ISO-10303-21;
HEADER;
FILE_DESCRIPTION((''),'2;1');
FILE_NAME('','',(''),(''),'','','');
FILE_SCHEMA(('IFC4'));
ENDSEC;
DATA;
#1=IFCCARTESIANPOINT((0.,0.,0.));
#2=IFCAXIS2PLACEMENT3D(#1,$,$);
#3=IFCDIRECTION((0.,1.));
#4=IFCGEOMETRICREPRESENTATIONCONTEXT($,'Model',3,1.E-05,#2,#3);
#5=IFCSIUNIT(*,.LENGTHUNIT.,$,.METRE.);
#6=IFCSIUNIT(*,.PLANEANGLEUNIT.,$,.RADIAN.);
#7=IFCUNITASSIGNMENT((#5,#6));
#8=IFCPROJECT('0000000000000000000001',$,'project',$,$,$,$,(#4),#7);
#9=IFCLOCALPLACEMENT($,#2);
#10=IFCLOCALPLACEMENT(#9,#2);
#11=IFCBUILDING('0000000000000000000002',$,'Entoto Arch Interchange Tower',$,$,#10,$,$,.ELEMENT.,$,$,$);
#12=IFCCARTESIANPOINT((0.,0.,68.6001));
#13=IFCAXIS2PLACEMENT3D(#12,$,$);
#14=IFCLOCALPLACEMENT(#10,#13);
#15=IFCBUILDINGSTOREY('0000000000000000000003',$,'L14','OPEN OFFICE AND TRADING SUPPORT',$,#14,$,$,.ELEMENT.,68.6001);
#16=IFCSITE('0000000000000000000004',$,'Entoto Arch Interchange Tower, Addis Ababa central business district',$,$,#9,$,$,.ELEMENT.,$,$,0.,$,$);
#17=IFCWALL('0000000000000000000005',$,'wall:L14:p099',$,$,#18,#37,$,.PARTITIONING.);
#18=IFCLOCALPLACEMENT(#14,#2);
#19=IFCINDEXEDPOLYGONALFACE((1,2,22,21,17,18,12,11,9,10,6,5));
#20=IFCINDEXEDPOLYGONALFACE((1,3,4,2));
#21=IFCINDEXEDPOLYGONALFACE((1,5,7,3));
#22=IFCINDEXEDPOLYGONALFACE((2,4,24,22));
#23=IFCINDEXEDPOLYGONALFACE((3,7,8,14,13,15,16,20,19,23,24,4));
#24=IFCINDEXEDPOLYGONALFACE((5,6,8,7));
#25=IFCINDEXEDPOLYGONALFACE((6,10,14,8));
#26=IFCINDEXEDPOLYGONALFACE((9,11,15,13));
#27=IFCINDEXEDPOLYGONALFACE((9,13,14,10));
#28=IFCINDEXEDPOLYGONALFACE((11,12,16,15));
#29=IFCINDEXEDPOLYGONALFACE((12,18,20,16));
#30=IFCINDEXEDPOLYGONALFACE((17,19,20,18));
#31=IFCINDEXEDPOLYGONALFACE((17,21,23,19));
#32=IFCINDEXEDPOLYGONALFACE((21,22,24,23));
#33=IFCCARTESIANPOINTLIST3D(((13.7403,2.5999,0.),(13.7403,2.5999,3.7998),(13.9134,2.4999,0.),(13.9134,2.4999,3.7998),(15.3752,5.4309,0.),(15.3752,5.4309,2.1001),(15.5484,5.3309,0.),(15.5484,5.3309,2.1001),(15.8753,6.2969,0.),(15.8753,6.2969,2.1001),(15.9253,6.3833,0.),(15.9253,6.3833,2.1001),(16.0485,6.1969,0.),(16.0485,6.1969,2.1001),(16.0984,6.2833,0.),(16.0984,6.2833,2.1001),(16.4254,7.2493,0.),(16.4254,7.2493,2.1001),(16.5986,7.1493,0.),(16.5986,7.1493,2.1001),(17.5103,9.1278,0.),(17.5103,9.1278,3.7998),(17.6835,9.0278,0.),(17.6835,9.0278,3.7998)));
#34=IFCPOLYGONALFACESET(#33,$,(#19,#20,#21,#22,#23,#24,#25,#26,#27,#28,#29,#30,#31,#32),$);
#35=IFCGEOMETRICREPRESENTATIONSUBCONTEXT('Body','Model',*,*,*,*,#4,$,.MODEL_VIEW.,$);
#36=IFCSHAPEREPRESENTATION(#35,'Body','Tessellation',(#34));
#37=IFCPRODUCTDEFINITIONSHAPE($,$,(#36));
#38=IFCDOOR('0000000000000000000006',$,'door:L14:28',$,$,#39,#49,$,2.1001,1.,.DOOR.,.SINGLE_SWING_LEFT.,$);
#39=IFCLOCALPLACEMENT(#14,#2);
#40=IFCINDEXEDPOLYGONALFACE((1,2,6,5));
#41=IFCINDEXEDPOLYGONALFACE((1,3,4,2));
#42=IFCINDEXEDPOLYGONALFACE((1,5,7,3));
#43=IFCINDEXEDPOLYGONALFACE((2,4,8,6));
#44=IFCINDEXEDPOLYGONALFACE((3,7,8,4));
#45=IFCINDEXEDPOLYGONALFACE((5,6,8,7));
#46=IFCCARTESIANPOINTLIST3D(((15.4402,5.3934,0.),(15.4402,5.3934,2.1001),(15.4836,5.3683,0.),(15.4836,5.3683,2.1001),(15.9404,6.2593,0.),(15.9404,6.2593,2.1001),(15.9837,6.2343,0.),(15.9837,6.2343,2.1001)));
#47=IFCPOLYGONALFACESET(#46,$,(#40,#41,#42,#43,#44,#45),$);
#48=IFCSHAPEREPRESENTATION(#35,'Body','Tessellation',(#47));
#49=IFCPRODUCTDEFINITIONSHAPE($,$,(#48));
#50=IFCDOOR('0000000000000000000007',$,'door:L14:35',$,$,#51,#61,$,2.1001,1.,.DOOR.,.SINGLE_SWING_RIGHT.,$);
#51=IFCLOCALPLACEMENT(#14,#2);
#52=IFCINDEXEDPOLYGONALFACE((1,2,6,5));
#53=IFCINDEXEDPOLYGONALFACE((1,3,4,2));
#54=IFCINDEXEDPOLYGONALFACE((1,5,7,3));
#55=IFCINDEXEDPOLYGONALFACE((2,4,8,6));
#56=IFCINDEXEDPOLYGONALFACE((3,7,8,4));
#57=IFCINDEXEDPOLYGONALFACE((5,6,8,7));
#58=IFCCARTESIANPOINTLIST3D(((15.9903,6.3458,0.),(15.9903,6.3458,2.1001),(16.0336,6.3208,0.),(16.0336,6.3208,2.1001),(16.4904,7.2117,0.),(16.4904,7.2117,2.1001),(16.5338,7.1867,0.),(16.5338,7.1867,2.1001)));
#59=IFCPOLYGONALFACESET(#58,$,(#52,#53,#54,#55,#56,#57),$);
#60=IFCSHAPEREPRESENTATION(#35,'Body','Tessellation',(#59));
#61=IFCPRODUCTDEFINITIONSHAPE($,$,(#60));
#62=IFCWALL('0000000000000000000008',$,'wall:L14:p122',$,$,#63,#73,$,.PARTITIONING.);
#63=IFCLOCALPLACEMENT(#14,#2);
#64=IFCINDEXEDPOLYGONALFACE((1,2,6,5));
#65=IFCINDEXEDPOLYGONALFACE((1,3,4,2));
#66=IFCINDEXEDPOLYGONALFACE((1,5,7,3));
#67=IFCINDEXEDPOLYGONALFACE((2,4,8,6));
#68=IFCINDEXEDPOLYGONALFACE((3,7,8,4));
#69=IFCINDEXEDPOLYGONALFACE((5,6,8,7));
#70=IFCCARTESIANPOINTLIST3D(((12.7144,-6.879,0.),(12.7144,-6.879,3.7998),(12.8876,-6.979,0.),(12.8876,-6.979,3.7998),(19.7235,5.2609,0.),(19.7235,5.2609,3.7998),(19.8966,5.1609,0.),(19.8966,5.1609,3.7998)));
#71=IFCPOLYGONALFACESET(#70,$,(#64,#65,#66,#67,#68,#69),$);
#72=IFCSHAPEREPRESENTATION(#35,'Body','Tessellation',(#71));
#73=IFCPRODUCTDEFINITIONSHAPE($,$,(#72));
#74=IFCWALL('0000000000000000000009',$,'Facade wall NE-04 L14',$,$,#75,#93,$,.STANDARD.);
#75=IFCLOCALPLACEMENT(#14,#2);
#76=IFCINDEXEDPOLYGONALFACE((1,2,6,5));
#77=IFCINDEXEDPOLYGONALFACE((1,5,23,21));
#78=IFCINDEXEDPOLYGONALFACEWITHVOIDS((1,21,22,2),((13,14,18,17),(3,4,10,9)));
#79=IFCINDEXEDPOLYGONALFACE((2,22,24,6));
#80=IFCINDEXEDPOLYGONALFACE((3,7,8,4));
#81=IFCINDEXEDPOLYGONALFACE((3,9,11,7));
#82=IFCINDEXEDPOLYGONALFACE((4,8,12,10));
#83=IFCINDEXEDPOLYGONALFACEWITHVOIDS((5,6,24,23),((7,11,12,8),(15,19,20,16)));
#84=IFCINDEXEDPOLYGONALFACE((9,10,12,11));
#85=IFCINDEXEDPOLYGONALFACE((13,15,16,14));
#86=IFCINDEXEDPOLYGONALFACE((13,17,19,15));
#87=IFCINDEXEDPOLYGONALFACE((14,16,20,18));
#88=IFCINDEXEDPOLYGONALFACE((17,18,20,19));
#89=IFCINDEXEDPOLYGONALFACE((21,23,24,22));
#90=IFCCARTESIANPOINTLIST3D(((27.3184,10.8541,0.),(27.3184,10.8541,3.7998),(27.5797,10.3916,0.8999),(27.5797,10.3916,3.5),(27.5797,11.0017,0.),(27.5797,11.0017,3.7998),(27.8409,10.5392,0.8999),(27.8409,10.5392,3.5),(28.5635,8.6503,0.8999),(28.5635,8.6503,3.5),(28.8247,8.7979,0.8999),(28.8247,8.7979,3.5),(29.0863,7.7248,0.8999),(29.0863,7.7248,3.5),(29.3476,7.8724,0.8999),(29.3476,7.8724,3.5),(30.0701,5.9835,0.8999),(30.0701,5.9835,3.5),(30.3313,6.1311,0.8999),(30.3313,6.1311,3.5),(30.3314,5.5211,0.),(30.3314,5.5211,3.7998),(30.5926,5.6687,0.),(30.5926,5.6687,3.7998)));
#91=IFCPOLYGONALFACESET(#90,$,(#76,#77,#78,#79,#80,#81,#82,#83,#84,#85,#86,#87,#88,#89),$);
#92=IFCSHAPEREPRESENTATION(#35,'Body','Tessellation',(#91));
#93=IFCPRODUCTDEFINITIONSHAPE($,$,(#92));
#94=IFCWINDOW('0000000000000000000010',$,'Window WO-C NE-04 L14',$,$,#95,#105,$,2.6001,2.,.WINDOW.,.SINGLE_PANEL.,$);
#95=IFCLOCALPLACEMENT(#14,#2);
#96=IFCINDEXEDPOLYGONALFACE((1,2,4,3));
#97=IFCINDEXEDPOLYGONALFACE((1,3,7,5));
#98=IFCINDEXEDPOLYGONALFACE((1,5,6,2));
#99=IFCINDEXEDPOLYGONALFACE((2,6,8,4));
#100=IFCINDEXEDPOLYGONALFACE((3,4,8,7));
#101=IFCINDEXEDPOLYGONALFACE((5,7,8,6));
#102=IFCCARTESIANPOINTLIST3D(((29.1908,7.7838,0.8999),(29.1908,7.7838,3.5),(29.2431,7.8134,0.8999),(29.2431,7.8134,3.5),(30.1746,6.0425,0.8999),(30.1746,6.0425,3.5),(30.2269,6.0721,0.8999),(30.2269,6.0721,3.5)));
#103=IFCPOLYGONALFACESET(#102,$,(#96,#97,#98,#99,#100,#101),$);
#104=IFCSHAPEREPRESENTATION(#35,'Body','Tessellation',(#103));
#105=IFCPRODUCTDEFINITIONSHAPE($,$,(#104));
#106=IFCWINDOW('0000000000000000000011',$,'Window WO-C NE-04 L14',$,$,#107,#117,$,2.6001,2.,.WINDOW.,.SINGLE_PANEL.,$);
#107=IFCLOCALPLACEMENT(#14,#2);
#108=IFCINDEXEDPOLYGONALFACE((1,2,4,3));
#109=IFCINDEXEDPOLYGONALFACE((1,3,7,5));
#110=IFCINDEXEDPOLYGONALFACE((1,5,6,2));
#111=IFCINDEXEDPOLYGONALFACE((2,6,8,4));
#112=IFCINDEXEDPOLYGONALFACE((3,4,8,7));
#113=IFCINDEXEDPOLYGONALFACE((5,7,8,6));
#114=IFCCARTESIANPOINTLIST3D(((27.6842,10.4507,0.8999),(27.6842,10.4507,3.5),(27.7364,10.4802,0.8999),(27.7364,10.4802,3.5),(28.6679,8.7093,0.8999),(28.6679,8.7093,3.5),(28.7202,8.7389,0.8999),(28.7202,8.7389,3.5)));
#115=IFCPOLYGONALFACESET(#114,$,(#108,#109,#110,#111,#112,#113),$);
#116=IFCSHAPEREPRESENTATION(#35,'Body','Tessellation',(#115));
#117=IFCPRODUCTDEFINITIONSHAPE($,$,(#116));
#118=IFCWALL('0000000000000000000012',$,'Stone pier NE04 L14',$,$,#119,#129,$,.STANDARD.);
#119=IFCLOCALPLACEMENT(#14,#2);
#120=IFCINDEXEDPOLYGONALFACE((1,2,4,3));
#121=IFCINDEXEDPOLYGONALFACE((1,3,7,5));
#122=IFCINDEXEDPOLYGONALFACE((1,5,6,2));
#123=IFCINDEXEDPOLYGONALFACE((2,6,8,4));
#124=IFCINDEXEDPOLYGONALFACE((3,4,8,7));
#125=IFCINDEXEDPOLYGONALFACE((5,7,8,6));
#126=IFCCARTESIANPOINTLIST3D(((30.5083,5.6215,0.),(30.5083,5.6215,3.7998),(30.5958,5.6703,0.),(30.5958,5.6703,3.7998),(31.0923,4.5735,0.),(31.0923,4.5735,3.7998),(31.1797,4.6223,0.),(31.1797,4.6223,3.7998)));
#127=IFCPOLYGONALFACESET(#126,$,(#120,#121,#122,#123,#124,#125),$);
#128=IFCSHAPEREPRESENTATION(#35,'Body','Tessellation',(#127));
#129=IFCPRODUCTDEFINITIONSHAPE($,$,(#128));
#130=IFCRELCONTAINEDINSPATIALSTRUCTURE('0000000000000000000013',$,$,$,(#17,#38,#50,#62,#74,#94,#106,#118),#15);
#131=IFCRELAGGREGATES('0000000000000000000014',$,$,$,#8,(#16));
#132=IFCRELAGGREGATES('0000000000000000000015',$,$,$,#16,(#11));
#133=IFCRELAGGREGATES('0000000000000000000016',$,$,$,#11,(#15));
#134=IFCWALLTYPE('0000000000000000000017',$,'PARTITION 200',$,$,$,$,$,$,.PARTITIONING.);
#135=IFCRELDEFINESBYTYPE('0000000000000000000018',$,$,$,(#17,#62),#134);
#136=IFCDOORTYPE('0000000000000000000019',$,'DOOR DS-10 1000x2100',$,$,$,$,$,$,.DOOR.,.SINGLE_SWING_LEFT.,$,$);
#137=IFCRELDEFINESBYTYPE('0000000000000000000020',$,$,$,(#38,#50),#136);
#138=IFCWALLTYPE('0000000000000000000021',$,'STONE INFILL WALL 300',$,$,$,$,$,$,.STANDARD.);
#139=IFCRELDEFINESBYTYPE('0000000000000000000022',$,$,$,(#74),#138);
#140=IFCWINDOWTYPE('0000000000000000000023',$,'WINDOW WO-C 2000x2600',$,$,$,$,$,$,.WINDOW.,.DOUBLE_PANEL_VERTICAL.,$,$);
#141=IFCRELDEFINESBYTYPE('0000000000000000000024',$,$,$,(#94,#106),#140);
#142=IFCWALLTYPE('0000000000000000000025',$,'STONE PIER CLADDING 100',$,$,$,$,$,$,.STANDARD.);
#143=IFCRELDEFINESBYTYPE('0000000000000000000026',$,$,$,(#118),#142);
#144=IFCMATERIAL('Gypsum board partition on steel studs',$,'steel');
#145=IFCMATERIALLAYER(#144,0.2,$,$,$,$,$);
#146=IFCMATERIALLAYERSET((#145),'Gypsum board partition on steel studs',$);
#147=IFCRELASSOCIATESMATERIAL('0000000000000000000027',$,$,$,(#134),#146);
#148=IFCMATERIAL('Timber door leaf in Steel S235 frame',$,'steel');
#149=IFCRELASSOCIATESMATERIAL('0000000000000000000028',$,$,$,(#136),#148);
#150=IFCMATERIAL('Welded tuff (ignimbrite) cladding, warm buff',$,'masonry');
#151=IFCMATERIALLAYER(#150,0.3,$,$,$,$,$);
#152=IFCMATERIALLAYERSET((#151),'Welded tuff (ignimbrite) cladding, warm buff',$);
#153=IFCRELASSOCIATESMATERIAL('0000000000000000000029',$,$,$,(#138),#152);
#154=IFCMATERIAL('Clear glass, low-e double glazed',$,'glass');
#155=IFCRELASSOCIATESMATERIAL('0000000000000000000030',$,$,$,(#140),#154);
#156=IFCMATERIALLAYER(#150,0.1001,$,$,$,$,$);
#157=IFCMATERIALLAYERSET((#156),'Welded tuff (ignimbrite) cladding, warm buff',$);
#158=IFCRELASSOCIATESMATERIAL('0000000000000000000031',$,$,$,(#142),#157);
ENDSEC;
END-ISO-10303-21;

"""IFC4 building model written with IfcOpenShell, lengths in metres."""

from ifc_helpers import new_model, si_unit, direction, frame, frame_2d, origin, place, context, subcontext, project, spatial, rectangle, extrude, material, layer, layer_set, type_object, element, fill, save


model = new_model("IFC4")

# Units and contexts
model_context = context("Model", 3, precision=1e-05, world=origin(), true_north=direction((0.0, 1.0)))
body_context = subcontext(model_context, "Body", "Model", "MODEL_VIEW")
ifc_project = project(units=[si_unit("LENGTHUNIT", "METRE"), si_unit("PLANEANGLEUNIT", "RADIAN")], contexts=[model_context])

# Site, building, storey
site_placement = place(None, origin())
site = spatial("IfcSite", under=ifc_project, at=site_placement, Name="Entoto Arch Interchange Tower, Addis Ababa central business district", CompositionType="ELEMENT", RefElevation=0.0)
building_placement = place(site_placement, origin())
building = spatial("IfcBuilding", under=site, at=building_placement, Name="Entoto Arch Interchange Tower", CompositionType="ELEMENT")
storey_placement = place(building_placement, frame((0.0, 0.0, 68.6001)))
storey = spatial("IfcBuildingStorey", under=building, at=storey_placement, Name="L14", Description="OPEN OFFICE AND TRADING SUPPORT", CompositionType="ELEMENT", Elevation=68.6001)

# Shared definitions
ifc_material_1 = material(Name="Gypsum board partition on steel studs", Category="steel")
ifc_layer_1 = layer(ifc_material_1, 0.2)
ifc_layer_set_1 = layer_set([ifc_layer_1], Name="Gypsum board partition on steel studs")
wall_type_1 = type_object("IfcWallType", Name="PARTITION 200", PredefinedType="PARTITIONING", material=ifc_layer_set_1)

# Shared definitions
ifc_material_2 = material(Name="Timber door leaf in Steel S235 frame", Category="steel")
door_type = type_object("IfcDoorType", Name="DOOR DS-10 1000x2100", OperationType="SINGLE_SWING_LEFT", PredefinedType="DOOR", material=ifc_material_2)

# Wall, openings, doors
wall_1_placement = place(storey_placement, frame((13.8269, 2.55, 0.0), z_axis=(0.0, 0.0, 1.0), x_axis=(0.500117, 0.865958, 0.0)))
wall_1 = element("IfcWall", 1, at=wall_1_placement, inside=storey, type_object=wall_type_1, Name="wall:L14:p099", PredefinedType="PARTITIONING", context=body_context, shape_type="SweptSolid", body=[
    extrude(rectangle(XDim=7.5383, YDim=0.2, at=frame_2d((3.769, 0.0))), origin(), (0.0, 0.0, 1.0), 3.7998),
])
opening_1_placement = place(wall_1_placement, frame((3.269, 0.0, 0.0)))
opening_1 = element("IfcOpeningElement", 2, at=opening_1_placement, cuts=wall_1, PredefinedType="OPENING", context=body_context, shape_type="SweptSolid", body=[
    extrude(rectangle(XDim=1.0, YDim=2.1001, at=frame_2d((0.5, 1.05))), frame((0.0, 0.1099, 0.0), z_axis=(0.0, -1.0, 0.0), x_axis=(1.0, 0.0, 0.0)), (0.0, 0.0, 1.0), 0.22),
])
opening_2_placement = place(wall_1_placement, frame((4.3689, 0.0, 0.0)))
opening_2 = element("IfcOpeningElement", 3, at=opening_2_placement, cuts=wall_1, PredefinedType="OPENING", context=body_context, shape_type="SweptSolid", body=[
    extrude(rectangle(XDim=1.0, YDim=2.1001, at=frame_2d((0.5, 1.05))), frame((0.0, 0.1099, 0.0), z_axis=(0.0, -1.0, 0.0), x_axis=(1.0, 0.0, 0.0)), (0.0, 0.0, 1.0), 0.22),
])
door_1_placement = place(opening_1_placement, origin())
door_1 = element("IfcDoor", 4, at=door_1_placement, inside=storey, type_object=door_type, Name="door:L14:28", OperationType="SINGLE_SWING_LEFT", OverallHeight=2.1001, OverallWidth=1.0, PredefinedType="DOOR", context=body_context, shape_type="SweptSolid", body=[
    extrude(rectangle(XDim=1.0, YDim=2.1001, at=frame_2d((0.5, 1.05))), frame((0.0, 0.0249, 0.0), z_axis=(0.0, -1.0, 0.0), x_axis=(1.0, 0.0, 0.0)), (0.0, 0.0, 1.0), 0.05),
])
fill(opening_1, door_1)
door_2_placement = place(opening_2_placement, origin())
door_2 = element("IfcDoor", 5, at=door_2_placement, inside=storey, type_object=door_type, Name="door:L14:35", OperationType="SINGLE_SWING_RIGHT", OverallHeight=2.1001, OverallWidth=1.0, PredefinedType="DOOR", context=body_context, shape_type="SweptSolid", body=[
    extrude(rectangle(XDim=1.0, YDim=2.1001, at=frame_2d((0.5, 1.05))), frame((0.0, 0.0249, 0.0), z_axis=(0.0, -1.0, 0.0), x_axis=(1.0, 0.0, 0.0)), (0.0, 0.0, 1.0), 0.05),
])
fill(opening_2, door_2)

# Wall
wall_2_placement = place(storey_placement, frame((19.8101, 5.2109, 0.0), z_axis=(0.0, 0.0, 1.0), x_axis=(-0.500003, -0.866023, 0.0)))
element("IfcWall", 6, at=wall_2_placement, inside=storey, type_object=wall_type_1, Name="wall:L14:p122", PredefinedType="PARTITIONING", context=body_context, shape_type="SweptSolid", body=[
    extrude(rectangle(XDim=14.0181, YDim=0.2, at=frame_2d((7.009, 0.0))), origin(), (0.0, 0.0, 1.0), 3.7998),
])

# Wall, openings, windows
ifc_material_3 = material(Name="Welded tuff (ignimbrite) cladding, warm buff", Category="masonry")
ifc_layer_2 = layer(ifc_material_3, 0.3)
ifc_layer_set_2 = layer_set([ifc_layer_2], Name="Welded tuff (ignimbrite) cladding, warm buff")
wall_type_2 = type_object("IfcWallType", Name="STONE INFILL WALL 300", PredefinedType="STANDARD", material=ifc_layer_set_2)
wall_3_placement = place(storey_placement, frame((30.4619, 5.595, 0.0), z_axis=(0.0, 0.0, 1.0), x_axis=(-0.491888, 0.870659, 0.0)))
wall_3 = element("IfcWall", 7, at=wall_3_placement, inside=storey, type_object=wall_type_2, Name="Facade wall NE-04 L14", PredefinedType="STANDARD", context=body_context, shape_type="SweptSolid", body=[
    extrude(rectangle(XDim=6.1252, YDim=0.3, at=frame_2d((3.0625, 0.0))), origin(), (0.0, 0.0, 1.0), 3.7998),
])
opening_3_placement = place(wall_3_placement, frame((0.531, 0.0, 0.8999)))
opening_3 = element("IfcOpeningElement", 8, at=opening_3_placement, cuts=wall_3, PredefinedType="OPENING", context=body_context, shape_type="SweptSolid", body=[
    extrude(rectangle(XDim=2.0, YDim=2.6001, at=frame_2d((1.0, 1.3))), frame((0.0, 0.1602, 0.0), z_axis=(0.0, -1.0, 0.0), x_axis=(1.0, 0.0, 0.0)), (0.0, 0.0, 1.0), 0.3201),
])
opening_4_placement = place(wall_3_placement, frame((3.594, 0.0, 0.8999)))
opening_4 = element("IfcOpeningElement", 9, at=opening_4_placement, cuts=wall_3, PredefinedType="OPENING", context=body_context, shape_type="SweptSolid", body=[
    extrude(rectangle(XDim=2.0, YDim=2.6001, at=frame_2d((1.0, 1.3))), frame((0.0, 0.1602, 0.0), z_axis=(0.0, -1.0, 0.0), x_axis=(1.0, 0.0, 0.0)), (0.0, 0.0, 1.0), 0.3201),
])
ifc_material_4 = material(Name="Clear glass, low-e double glazed", Category="glass")
window_type = type_object("IfcWindowType", Name="WINDOW WO-C 2000x2600", PartitioningType="DOUBLE_PANEL_VERTICAL", PredefinedType="WINDOW", material=ifc_material_4)
window_1_placement = place(opening_3_placement, origin())
window_1 = element("IfcWindow", 10, at=window_1_placement, inside=storey, type_object=window_type, Name="Window WO-C NE-04 L14", OverallHeight=2.6001, OverallWidth=2.0, PartitioningType="SINGLE_PANEL", PredefinedType="WINDOW", context=body_context, shape_type="SweptSolid", body=[
    extrude(rectangle(XDim=2.0, YDim=2.6001, at=frame_2d((1.0, 1.3))), frame((0.0, 0.03, 0.0), z_axis=(0.0, -1.0, 0.0), x_axis=(1.0, 0.0, 0.0)), (0.0, 0.0, 1.0), 0.0601),
])
fill(opening_3, window_1)
window_2_placement = place(opening_4_placement, origin())
window_2 = element("IfcWindow", 11, at=window_2_placement, inside=storey, type_object=window_type, Name="Window WO-C NE-04 L14", OverallHeight=2.6001, OverallWidth=2.0, PartitioningType="SINGLE_PANEL", PredefinedType="WINDOW", context=body_context, shape_type="SweptSolid", body=[
    extrude(rectangle(XDim=2.0, YDim=2.6001, at=frame_2d((1.0, 1.3))), frame((0.0, 0.03, 0.0), z_axis=(0.0, -1.0, 0.0), x_axis=(1.0, 0.0, 0.0)), (0.0, 0.0, 1.0), 0.0601),
])
fill(opening_4, window_2)

# Wall
ifc_layer_3 = layer(ifc_material_3, 0.1001)
ifc_layer_set_3 = layer_set([ifc_layer_3], Name="Welded tuff (ignimbrite) cladding, warm buff")
wall_type_3 = type_object("IfcWallType", Name="STONE PIER CLADDING 100", PredefinedType="STANDARD", material=ifc_layer_set_3)
wall_4_placement = place(storey_placement, frame((31.136, 4.5979, 0.0), z_axis=(0.0, 0.0, 1.0), x_axis=(-0.486731, 0.873552, 0.0)))
element("IfcWall", 12, at=wall_4_placement, inside=storey, type_object=wall_type_3, Name="Stone pier NE04 L14", PredefinedType="STANDARD", context=body_context, shape_type="SweptSolid", body=[
    extrude(rectangle(XDim=1.1997, YDim=0.1001, at=frame_2d((0.5999, 0.0))), origin(), (0.0, 0.0, 1.0), 3.7998),
])

save(model, "model.ifc")
